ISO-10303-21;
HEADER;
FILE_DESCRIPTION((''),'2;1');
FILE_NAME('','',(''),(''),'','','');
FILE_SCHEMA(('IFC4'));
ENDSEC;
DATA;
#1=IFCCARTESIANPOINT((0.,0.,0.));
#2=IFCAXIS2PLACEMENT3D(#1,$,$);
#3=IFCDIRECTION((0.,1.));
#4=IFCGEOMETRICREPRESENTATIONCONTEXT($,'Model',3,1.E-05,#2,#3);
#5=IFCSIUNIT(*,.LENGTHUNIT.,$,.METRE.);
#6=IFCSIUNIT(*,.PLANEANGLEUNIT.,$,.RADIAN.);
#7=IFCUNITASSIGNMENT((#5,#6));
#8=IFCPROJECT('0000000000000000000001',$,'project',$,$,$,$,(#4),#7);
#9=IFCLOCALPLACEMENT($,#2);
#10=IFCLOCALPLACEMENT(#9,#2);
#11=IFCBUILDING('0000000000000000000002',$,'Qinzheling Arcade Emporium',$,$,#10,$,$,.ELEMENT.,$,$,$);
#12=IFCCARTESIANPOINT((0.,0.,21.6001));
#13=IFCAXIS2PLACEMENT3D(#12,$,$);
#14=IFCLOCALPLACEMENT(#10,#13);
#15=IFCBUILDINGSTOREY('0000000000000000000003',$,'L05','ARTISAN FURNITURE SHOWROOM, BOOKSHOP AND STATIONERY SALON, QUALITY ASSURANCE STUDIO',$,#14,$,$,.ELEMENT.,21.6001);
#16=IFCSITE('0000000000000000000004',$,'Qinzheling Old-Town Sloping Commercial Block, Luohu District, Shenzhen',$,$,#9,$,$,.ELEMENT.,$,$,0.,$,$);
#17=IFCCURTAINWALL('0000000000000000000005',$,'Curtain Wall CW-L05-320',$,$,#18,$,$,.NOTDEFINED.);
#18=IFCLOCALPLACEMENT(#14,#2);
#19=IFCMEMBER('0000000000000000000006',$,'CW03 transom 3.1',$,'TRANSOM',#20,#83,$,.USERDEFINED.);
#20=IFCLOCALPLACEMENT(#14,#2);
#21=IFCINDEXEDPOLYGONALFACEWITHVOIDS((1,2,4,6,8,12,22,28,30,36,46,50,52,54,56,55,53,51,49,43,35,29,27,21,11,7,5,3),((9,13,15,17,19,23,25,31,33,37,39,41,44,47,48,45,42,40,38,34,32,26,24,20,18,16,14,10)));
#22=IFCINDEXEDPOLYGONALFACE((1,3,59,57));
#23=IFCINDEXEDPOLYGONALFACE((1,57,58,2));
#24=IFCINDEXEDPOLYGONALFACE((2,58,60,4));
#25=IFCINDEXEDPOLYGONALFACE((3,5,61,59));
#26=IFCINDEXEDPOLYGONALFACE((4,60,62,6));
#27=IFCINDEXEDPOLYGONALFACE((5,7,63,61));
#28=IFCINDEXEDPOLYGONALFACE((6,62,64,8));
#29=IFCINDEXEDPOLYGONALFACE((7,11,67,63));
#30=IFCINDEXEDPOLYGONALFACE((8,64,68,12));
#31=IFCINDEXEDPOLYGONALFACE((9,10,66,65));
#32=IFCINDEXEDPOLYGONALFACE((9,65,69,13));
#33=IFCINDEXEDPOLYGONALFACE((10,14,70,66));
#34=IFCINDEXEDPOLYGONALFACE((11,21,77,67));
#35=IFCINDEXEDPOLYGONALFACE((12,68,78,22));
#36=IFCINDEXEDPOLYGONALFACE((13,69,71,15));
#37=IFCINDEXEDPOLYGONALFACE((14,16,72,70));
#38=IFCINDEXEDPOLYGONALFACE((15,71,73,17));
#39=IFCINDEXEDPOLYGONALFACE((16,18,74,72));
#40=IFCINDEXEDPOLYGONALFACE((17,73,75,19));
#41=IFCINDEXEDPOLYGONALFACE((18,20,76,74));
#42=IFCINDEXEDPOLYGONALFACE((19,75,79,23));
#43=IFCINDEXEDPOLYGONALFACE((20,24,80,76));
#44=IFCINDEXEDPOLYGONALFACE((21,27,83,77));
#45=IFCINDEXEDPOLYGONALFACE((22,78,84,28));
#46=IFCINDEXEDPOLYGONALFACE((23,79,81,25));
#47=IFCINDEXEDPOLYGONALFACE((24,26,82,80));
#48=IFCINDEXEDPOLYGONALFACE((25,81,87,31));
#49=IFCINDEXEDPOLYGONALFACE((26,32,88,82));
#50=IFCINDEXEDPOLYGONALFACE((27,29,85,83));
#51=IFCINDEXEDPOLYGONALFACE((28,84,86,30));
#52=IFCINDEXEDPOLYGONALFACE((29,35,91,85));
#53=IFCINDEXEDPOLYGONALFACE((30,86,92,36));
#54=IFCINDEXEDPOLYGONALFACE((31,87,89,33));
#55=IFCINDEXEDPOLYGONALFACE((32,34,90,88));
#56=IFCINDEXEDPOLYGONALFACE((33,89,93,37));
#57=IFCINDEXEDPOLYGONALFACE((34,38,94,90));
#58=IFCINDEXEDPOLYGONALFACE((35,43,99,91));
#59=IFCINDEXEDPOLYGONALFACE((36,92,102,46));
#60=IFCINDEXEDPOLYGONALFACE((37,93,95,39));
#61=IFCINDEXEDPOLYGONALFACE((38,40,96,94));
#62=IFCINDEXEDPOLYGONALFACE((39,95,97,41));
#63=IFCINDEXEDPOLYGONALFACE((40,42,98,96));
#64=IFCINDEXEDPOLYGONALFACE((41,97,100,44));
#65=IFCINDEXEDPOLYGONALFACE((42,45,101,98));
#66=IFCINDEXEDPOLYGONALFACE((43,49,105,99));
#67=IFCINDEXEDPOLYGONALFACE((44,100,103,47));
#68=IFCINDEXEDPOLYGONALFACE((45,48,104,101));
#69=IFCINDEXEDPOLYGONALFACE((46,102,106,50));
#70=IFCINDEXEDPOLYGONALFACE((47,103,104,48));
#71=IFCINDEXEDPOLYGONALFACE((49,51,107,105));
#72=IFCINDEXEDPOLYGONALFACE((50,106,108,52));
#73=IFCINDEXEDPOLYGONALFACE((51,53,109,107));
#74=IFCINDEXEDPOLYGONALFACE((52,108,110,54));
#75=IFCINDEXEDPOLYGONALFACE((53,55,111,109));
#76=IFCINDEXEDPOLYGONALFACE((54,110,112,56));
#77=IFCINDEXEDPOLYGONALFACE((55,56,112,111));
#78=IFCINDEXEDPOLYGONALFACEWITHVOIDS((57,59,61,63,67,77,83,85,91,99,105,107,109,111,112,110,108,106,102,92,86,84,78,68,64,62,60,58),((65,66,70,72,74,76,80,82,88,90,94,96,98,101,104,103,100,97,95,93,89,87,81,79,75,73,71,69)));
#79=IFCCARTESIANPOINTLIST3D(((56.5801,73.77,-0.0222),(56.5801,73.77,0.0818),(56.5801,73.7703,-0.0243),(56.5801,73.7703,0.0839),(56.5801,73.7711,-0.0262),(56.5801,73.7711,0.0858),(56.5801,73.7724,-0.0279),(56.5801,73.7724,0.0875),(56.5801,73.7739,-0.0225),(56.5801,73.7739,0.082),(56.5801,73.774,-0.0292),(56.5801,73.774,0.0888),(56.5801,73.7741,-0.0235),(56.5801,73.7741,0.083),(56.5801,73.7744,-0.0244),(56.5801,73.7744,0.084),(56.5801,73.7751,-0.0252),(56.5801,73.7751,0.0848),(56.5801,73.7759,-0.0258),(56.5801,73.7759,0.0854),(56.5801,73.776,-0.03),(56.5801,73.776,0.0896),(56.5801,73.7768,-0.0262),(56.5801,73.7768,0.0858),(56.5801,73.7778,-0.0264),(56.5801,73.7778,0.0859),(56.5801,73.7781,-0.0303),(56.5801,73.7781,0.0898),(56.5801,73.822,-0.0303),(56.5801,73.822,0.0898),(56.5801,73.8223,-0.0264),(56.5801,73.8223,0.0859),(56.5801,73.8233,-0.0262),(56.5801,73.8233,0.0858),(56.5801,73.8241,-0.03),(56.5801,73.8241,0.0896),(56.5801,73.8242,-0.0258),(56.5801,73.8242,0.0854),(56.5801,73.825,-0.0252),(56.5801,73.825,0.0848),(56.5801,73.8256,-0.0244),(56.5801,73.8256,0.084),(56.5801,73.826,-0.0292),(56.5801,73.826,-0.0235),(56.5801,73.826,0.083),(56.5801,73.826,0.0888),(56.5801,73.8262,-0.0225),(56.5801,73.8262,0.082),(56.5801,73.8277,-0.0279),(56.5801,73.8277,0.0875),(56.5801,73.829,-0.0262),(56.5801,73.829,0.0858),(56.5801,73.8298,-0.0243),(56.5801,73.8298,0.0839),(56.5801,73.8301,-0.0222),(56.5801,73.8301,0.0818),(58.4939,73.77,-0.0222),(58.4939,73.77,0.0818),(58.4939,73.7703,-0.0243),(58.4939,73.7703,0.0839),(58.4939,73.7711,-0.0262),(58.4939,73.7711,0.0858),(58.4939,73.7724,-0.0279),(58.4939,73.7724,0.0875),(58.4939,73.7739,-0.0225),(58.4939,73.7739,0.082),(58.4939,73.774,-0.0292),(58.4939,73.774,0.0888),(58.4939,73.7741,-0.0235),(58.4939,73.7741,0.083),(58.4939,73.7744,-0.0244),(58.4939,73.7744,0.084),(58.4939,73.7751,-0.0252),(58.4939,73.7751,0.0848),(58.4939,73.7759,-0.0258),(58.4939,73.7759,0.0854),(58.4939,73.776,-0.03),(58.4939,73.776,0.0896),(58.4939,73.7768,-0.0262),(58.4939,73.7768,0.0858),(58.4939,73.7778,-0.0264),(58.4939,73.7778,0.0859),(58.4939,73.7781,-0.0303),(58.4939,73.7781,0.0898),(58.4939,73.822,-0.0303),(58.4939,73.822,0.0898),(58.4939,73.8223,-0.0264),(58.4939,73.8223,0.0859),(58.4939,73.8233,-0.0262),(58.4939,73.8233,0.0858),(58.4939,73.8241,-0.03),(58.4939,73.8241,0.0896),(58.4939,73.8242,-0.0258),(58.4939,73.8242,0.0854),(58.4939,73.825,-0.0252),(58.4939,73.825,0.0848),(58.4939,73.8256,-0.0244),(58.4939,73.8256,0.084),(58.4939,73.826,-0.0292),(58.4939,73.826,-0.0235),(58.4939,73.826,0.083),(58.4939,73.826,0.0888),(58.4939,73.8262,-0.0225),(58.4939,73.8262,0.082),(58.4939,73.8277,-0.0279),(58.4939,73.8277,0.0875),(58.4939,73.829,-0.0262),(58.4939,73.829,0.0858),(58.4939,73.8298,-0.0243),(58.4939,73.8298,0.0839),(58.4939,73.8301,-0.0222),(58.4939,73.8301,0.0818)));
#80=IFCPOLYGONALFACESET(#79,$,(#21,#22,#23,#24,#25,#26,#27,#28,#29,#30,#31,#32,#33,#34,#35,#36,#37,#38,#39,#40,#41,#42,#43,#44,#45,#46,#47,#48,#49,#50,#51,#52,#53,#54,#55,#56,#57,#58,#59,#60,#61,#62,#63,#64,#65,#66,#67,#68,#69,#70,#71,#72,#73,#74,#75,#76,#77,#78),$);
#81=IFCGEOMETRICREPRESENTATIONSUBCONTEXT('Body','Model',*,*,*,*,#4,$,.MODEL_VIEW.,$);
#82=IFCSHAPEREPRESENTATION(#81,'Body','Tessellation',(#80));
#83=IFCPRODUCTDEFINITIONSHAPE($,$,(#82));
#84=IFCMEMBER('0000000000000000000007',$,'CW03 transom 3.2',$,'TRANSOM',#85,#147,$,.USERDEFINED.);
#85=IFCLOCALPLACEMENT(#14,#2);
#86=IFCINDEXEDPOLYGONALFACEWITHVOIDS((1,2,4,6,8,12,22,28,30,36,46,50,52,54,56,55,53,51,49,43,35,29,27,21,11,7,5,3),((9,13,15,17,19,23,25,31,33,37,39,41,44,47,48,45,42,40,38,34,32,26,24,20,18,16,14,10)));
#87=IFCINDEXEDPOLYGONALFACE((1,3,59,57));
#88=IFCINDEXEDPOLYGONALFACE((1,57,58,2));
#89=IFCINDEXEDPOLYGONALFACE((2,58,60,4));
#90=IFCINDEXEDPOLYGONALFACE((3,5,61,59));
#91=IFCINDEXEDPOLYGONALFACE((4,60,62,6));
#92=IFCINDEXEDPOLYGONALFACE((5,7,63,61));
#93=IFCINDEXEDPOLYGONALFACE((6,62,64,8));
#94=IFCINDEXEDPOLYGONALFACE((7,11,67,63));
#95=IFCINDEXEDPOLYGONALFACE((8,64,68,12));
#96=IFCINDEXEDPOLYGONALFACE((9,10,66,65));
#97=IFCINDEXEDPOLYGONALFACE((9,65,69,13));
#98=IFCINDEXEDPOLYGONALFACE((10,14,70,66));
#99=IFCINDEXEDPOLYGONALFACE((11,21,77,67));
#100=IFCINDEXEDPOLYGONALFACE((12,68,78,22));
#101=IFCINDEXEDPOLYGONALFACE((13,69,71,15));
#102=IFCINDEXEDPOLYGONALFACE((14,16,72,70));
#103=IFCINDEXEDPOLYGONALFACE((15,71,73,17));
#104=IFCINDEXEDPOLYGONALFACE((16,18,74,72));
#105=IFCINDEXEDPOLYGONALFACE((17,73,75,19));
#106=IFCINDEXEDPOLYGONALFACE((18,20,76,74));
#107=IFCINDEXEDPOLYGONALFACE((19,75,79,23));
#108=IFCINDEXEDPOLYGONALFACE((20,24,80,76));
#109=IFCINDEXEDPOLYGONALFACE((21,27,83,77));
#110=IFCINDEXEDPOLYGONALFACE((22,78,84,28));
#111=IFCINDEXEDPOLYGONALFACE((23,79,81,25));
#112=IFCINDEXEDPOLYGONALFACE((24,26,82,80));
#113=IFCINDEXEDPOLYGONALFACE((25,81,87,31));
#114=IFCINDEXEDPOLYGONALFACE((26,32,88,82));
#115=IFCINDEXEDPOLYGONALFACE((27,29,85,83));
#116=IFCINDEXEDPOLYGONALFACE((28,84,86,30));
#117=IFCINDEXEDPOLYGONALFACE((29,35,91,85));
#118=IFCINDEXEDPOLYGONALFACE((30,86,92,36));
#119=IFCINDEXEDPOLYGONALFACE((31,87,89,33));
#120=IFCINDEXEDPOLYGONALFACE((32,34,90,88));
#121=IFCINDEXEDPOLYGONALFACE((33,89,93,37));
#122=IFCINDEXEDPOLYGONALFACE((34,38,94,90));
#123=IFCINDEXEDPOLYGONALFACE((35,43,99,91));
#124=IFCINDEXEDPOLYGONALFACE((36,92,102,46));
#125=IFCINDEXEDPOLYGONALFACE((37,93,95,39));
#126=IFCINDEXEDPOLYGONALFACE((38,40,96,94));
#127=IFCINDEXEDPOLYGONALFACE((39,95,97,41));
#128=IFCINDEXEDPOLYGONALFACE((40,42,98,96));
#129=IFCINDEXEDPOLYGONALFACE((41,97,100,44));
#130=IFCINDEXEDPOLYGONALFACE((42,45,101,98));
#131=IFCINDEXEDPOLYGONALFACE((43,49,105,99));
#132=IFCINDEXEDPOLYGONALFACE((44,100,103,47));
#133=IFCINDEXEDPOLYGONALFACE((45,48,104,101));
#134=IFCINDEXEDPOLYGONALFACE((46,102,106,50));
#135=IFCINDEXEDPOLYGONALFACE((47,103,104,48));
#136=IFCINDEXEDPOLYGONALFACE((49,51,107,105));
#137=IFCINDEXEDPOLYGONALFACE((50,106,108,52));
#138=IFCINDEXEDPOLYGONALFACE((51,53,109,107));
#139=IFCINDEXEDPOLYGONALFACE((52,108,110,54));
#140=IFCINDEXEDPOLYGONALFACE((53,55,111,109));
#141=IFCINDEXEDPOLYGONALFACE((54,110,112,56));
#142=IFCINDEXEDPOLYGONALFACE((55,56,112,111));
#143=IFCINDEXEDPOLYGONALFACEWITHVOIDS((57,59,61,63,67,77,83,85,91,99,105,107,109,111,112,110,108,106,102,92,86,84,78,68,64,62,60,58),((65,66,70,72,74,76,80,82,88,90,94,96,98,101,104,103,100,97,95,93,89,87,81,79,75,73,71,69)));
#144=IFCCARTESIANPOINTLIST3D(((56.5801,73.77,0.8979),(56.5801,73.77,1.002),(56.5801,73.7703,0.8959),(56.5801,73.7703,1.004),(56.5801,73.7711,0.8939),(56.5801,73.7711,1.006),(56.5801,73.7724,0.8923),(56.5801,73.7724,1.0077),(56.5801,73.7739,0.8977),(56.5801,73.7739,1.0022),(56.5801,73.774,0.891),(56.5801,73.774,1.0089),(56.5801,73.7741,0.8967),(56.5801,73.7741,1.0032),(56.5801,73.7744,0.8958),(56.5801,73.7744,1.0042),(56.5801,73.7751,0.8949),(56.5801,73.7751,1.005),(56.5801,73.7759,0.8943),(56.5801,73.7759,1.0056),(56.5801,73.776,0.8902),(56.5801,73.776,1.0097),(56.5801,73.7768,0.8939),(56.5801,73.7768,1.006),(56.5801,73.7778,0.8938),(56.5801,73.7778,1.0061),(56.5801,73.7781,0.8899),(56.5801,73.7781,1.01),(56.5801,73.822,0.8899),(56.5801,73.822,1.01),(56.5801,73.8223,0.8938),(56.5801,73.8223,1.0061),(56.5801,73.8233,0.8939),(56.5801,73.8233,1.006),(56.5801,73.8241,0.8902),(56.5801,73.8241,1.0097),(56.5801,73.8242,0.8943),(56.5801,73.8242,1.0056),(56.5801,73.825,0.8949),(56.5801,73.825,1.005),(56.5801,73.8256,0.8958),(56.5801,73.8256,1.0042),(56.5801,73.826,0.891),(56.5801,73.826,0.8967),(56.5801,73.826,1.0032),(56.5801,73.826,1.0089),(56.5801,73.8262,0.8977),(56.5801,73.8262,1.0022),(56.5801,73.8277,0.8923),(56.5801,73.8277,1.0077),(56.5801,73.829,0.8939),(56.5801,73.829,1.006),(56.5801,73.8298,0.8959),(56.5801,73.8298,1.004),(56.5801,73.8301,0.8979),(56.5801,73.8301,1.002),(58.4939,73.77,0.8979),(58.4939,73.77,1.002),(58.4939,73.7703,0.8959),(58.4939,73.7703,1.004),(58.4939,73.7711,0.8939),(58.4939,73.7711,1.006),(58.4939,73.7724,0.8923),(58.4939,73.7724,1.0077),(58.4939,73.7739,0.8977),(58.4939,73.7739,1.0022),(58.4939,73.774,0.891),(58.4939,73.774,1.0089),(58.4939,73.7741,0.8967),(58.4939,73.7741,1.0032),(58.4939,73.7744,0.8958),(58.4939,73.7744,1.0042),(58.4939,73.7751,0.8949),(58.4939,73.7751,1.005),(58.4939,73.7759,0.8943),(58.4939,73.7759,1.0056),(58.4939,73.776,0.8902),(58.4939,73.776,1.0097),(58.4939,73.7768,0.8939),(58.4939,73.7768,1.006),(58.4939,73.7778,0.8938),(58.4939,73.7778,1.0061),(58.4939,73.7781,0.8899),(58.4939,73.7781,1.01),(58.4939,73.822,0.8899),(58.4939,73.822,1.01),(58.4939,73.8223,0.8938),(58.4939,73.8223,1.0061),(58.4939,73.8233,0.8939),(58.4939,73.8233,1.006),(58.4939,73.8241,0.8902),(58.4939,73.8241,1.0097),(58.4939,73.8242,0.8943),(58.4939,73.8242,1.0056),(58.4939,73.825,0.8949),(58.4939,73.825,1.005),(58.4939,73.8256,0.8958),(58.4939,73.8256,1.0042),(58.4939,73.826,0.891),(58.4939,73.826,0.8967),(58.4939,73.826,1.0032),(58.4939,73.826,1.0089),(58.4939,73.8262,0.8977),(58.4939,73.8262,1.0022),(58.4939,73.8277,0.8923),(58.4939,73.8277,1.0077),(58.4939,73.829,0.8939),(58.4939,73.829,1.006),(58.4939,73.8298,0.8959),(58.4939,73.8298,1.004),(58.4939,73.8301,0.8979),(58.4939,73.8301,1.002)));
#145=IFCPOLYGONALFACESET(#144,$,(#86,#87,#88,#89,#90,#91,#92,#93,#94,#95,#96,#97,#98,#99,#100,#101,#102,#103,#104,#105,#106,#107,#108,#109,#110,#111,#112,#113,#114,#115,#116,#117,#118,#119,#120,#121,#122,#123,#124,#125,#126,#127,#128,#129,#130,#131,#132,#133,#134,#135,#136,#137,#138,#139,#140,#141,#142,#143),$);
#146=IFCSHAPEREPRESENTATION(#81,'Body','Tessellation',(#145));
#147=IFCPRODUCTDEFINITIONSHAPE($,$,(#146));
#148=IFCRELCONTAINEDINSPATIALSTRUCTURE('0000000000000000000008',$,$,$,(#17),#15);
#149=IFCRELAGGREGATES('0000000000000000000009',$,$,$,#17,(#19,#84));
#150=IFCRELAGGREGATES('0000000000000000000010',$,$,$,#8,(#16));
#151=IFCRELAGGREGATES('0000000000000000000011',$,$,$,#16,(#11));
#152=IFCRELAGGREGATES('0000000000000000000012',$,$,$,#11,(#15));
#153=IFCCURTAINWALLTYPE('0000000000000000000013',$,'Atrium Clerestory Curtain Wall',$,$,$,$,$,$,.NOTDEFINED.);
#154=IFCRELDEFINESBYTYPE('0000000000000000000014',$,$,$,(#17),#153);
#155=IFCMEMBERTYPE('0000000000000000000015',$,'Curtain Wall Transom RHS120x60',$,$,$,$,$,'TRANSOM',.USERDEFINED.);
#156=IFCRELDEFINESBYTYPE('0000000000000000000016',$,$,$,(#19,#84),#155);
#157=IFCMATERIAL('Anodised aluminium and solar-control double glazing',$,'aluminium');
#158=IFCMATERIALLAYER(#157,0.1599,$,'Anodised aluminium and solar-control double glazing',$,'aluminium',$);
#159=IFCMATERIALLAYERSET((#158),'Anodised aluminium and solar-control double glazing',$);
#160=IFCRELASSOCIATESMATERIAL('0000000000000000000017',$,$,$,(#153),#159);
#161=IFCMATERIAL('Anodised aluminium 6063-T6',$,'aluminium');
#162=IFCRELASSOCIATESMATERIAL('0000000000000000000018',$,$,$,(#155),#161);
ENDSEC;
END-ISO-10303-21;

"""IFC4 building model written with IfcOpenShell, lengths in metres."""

from ifc_helpers import new_model, si_unit, direction, frame, origin, origin_2d, place, context, subcontext, project, spatial, hollow_rectangle, extrude, material, layer, layer_set, material_profile, profile_set, type_object, element, aggregate, save


model = new_model("IFC4")

# Units and contexts
model_context = context("Model", 3, precision=1e-05, world=origin(), true_north=direction((0.0, 1.0)))
body_context = subcontext(model_context, "Body", "Model", "MODEL_VIEW")
ifc_project = project(units=[si_unit("LENGTHUNIT", "METRE"), si_unit("PLANEANGLEUNIT", "RADIAN")], contexts=[model_context])

# Site, building, storey
site_placement = place(None, origin())
site = spatial("IfcSite", under=ifc_project, at=site_placement, Name="Qinzheling Old-Town Sloping Commercial Block, Luohu District, Shenzhen", CompositionType="ELEMENT", RefElevation=0.0)
building_placement = place(site_placement, origin())
building = spatial("IfcBuilding", under=site, at=building_placement, Name="Qinzheling Arcade Emporium", CompositionType="ELEMENT")
storey_placement = place(building_placement, frame((0.0, 0.0, 21.6001)))
storey = spatial("IfcBuildingStorey", under=building, at=storey_placement, Name="L05", Description="ARTISAN FURNITURE SHOWROOM, BOOKSHOP AND STATIONERY SALON, QUALITY ASSURANCE STUDIO", CompositionType="ELEMENT", Elevation=21.6001)

# Curtain wall, members
ifc_material_1 = material(Name="Anodised aluminium and solar-control double glazing", Category="aluminium")
ifc_layer_1 = layer(ifc_material_1, 0.1599, Name="Anodised aluminium and solar-control double glazing", Category="aluminium")
ifc_layer_set_1 = layer_set([ifc_layer_1], Name="Anodised aluminium and solar-control double glazing")
curtain_wall_type = type_object("IfcCurtainWallType", Name="Atrium Clerestory Curtain Wall", PredefinedType="NOTDEFINED", material=ifc_layer_set_1)
curtain_wall_placement = place(storey_placement, origin())
curtain_wall = element("IfcCurtainWall", 1, at=curtain_wall_placement, inside=storey, type_object=curtain_wall_type, Name="Curtain Wall CW-L05-320", PredefinedType="NOTDEFINED")
ifc_material_2 = material(Name="Anodised aluminium 6063-T6", Category="aluminium")
ifc_material_profile_1 = material_profile(ifc_material_2, hollow_rectangle(XDim=0.0601, YDim=0.1201, WallThickness=0.0039, InnerFilletRadius=0.0039, OuterFilletRadius=0.0081, at=origin_2d()), Name="RHS 120x60x4", Category="aluminium")
ifc_profile_set_1 = profile_set([ifc_material_profile_1], Name="Anodised aluminium 6063-T6")
member_type_1 = type_object("IfcMemberType", Name="Curtain Wall Transom RHS120x60", ElementType="TRANSOM", PredefinedType="USERDEFINED", material=ifc_profile_set_1)
member_1_placement = place(storey_placement, frame((56.5801, 73.8, 0.0298), z_axis=(1.0, 0.0, 0.0), x_axis=(0.0, 1.0, 0.0)))
member_1 = element("IfcMember", 2, at=member_1_placement, type_object=member_type_1, Name="CW03 transom 3.1", ObjectType="TRANSOM", PredefinedType="USERDEFINED", context=body_context, shape_type="SweptSolid", body=[
    extrude(hollow_rectangle(XDim=0.0601, YDim=0.1201, WallThickness=0.0039, InnerFilletRadius=0.0039, OuterFilletRadius=0.0081, at=origin_2d()), origin(), (0.0, 0.0, 1.0), 1.9138),
])
member_2_placement = place(storey_placement, frame((56.5801, 73.8, 0.95), z_axis=(1.0, 0.0, 0.0), x_axis=(0.0, 1.0, 0.0)))
member_2 = element("IfcMember", 3, at=member_2_placement, type_object=member_type_1, Name="CW03 transom 3.2", ObjectType="TRANSOM", PredefinedType="USERDEFINED", context=body_context, shape_type="SweptSolid", body=[
    extrude(hollow_rectangle(XDim=0.0601, YDim=0.1201, WallThickness=0.0039, InnerFilletRadius=0.0039, OuterFilletRadius=0.0081, at=origin_2d()), origin(), (0.0, 0.0, 1.0), 1.9138),
])

aggregate(curtain_wall, [member_1, member_2])

save(model, "model.ifc")
